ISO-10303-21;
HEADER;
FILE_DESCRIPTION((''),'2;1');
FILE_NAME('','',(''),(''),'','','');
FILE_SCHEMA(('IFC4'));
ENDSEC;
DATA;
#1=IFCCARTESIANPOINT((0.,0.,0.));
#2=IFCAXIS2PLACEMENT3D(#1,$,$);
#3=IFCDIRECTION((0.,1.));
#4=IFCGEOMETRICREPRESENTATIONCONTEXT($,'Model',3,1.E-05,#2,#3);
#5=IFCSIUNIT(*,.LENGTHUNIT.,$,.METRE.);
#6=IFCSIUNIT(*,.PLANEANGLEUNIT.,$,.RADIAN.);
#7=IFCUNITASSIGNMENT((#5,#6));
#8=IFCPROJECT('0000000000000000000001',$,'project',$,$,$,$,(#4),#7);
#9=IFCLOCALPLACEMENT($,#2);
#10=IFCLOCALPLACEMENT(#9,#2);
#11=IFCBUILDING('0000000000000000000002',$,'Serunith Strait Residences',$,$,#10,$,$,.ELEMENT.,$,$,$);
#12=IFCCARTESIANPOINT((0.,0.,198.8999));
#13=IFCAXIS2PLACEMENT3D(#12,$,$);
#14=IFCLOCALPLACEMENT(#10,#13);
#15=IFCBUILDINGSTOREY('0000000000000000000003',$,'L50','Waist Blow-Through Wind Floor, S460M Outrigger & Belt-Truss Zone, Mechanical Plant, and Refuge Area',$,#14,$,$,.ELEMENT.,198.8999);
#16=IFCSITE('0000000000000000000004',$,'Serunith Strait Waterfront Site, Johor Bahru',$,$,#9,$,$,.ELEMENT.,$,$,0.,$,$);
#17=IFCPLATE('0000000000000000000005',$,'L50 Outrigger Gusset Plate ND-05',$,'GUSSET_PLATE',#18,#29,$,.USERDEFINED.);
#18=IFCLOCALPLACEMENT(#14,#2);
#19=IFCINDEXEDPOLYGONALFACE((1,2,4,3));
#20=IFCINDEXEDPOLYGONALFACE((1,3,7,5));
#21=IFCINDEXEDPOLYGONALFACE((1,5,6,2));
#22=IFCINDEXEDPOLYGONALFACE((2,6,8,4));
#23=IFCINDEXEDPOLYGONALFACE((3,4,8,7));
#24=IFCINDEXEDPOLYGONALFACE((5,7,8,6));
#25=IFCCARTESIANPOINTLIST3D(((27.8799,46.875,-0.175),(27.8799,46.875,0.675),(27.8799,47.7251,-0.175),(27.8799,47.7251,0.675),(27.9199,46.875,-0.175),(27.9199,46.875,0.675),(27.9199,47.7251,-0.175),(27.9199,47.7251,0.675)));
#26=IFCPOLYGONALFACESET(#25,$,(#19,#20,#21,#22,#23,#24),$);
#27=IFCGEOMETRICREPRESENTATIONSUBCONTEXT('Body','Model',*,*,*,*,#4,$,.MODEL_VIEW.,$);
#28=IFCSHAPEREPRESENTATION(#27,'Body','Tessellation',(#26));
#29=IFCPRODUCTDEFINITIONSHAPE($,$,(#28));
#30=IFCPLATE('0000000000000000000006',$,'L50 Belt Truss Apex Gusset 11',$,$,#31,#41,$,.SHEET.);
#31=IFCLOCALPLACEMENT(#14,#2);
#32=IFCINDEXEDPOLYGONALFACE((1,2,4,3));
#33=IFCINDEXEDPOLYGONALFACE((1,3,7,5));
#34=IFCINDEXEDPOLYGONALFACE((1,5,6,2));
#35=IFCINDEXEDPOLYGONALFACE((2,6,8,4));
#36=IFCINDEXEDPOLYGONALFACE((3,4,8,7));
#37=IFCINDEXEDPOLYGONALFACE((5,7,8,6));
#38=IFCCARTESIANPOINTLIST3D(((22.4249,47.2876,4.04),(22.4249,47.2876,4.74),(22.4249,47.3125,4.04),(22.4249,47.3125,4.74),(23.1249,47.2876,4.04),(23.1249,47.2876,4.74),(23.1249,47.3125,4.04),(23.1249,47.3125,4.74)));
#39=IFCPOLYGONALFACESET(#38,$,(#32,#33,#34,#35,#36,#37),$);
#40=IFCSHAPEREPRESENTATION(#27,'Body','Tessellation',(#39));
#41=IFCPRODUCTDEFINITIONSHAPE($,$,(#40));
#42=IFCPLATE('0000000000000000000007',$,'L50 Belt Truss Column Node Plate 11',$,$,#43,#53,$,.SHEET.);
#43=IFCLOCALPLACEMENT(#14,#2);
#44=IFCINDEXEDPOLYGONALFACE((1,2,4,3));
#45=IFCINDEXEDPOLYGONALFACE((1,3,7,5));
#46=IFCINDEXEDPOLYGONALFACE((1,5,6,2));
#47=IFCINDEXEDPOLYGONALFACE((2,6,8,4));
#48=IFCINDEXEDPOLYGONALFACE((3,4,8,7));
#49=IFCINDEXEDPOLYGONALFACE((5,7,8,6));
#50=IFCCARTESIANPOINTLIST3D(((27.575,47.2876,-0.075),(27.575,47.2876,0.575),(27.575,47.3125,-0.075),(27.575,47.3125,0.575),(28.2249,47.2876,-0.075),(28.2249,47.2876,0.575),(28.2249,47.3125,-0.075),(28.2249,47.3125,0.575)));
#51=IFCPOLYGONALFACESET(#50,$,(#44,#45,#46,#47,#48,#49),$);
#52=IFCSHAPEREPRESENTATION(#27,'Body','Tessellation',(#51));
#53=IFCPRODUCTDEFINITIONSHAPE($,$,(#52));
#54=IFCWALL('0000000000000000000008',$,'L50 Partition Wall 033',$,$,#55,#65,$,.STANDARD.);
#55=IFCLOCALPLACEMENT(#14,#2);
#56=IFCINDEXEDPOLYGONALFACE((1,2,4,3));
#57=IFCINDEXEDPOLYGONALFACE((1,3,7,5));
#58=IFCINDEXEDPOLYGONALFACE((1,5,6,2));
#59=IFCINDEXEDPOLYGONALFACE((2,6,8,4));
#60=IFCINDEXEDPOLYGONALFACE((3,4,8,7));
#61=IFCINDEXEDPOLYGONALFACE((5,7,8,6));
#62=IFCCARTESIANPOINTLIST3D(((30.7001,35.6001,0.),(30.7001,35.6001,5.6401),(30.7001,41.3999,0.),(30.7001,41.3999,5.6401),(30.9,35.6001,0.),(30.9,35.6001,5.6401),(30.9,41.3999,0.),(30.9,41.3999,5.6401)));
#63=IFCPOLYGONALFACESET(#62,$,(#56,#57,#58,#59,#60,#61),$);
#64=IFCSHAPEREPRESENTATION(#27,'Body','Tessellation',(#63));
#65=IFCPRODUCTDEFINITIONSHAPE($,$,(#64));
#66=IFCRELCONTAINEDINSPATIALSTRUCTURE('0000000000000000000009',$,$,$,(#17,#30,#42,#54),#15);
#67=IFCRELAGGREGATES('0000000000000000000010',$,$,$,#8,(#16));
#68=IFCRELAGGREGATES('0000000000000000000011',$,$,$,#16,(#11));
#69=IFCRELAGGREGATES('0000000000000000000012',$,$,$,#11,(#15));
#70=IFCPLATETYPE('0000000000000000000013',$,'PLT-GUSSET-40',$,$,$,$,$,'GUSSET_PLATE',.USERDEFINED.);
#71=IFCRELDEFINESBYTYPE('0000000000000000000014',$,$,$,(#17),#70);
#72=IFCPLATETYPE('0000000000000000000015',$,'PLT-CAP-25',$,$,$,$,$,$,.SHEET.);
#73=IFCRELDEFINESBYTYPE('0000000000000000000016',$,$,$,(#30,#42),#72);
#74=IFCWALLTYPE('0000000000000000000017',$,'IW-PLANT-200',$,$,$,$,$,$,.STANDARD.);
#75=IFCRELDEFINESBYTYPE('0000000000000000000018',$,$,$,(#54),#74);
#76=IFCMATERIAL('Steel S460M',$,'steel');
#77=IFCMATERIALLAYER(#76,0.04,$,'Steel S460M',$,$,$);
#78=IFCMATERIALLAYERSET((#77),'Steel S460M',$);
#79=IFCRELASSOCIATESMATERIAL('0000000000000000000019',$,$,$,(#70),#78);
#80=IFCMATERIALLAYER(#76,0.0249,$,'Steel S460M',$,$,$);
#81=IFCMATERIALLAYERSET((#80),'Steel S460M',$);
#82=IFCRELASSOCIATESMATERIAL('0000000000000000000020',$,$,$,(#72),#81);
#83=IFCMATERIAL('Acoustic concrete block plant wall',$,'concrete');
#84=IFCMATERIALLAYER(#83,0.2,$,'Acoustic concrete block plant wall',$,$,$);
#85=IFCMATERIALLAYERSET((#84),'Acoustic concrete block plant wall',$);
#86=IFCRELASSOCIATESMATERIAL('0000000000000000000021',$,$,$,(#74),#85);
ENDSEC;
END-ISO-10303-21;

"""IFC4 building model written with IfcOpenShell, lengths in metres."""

from ifc_helpers import new_model, si_unit, direction, frame, frame_2d, origin, origin_2d, place, context, subcontext, project, spatial, rectangle, extrude, source, transform, mapped, material, layer, layer_set, type_object, element, save


model = new_model("IFC4")

# Units and contexts
model_context = context("Model", 3, precision=1e-05, world=origin(), true_north=direction((0.0, 1.0)))
body_context = subcontext(model_context, "Body", "Model", "MODEL_VIEW")
ifc_project = project(units=[si_unit("LENGTHUNIT", "METRE"), si_unit("PLANEANGLEUNIT", "RADIAN")], contexts=[model_context])

# Site, building, storey
site_placement = place(None, origin())
site = spatial("IfcSite", under=ifc_project, at=site_placement, Name="Serunith Strait Waterfront Site, Johor Bahru", CompositionType="ELEMENT", RefElevation=0.0)
building_placement = place(site_placement, origin())
building = spatial("IfcBuilding", under=site, at=building_placement, Name="Serunith Strait Residences", CompositionType="ELEMENT")
storey_placement = place(building_placement, frame((0.0, 0.0, 198.8999)))
storey = spatial("IfcBuildingStorey", under=building, at=storey_placement, Name="L50", Description="Waist Blow-Through Wind Floor, S460M Outrigger & Belt-Truss Zone, Mechanical Plant, and Refuge Area", CompositionType="ELEMENT", Elevation=198.8999)

# Shared definitions
ifc_material_1 = material(Name="Steel S460M", Category="steel")

# Plates
ifc_layer_1 = layer(ifc_material_1, 0.04, Name="Steel S460M")
ifc_layer_set_1 = layer_set([ifc_layer_1], Name="Steel S460M")
plate_type_1 = type_object("IfcPlateType", Name="PLT-GUSSET-40", ElementType="GUSSET_PLATE", PredefinedType="USERDEFINED", material=ifc_layer_set_1)
shared_shape_1 = source(origin(), body_context, "Body", "SweptSolid", [
    extrude(rectangle(XDim=0.8501, YDim=0.04, at=origin_2d()), origin(), (0.0, 0.0, 1.0), 0.8501),
])
for number, where, z_axis, x_axis, name in (
    (1, (27.8999, 47.3, -0.175), (0.0, 0.0, 1.0), (0.0, 1.0, 0.0), "L50 Outrigger Gusset Plate ND-05"),
):
    element("IfcPlate", number, at=place(storey_placement, frame(where, z_axis=z_axis, x_axis=x_axis)), inside=storey, type_object=plate_type_1, Name=name, ObjectType="GUSSET_PLATE", PredefinedType="USERDEFINED", context=body_context, shape_type="MappedRepresentation", body=[
        mapped(shared_shape_1, transform((0.0, 0.0, 0.0), scale=1.0)),
    ])
ifc_layer_2 = layer(ifc_material_1, 0.0249, Name="Steel S460M")
ifc_layer_set_2 = layer_set([ifc_layer_2], Name="Steel S460M")
plate_type_2 = type_object("IfcPlateType", Name="PLT-CAP-25", PredefinedType="SHEET", material=ifc_layer_set_2)
shared_shape_2 = source(origin(), body_context, "Body", "SweptSolid", [
    extrude(rectangle(XDim=0.7, YDim=0.0249, at=origin_2d()), origin(), (0.0, 0.0, 1.0), 0.7),
])
plate_1_placement = place(storey_placement, frame((22.7749, 47.3, 4.04), z_axis=(0.0, 0.0, 1.0), x_axis=(-1.0, 0.0, 0.0)))
element("IfcPlate", 2, at=plate_1_placement, inside=storey, type_object=plate_type_2, Name="L50 Belt Truss Apex Gusset 11", PredefinedType="SHEET", context=body_context, shape_type="MappedRepresentation", body=[
    mapped(shared_shape_2, transform((0.0, 0.0, 0.0), scale=1.0)),
])
shared_shape_3 = source(origin(), body_context, "Body", "SweptSolid", [
    extrude(rectangle(XDim=0.6499, YDim=0.0249, at=origin_2d()), origin(), (0.0, 0.0, 1.0), 0.6499),
])
plate_2_placement = place(storey_placement, frame((27.8999, 47.3, -0.075), z_axis=(0.0, 0.0, 1.0), x_axis=(-1.0, 0.0, 0.0)))
element("IfcPlate", 3, at=plate_2_placement, inside=storey, type_object=plate_type_2, Name="L50 Belt Truss Column Node Plate 11", PredefinedType="SHEET", context=body_context, shape_type="MappedRepresentation", body=[
    mapped(shared_shape_3, transform((0.0, 0.0, 0.0), scale=1.0)),
])

# Wall
ifc_material_2 = material(Name="Acoustic concrete block plant wall", Category="concrete")
ifc_layer_3 = layer(ifc_material_2, 0.2, Name="Acoustic concrete block plant wall")
ifc_layer_set_3 = layer_set([ifc_layer_3], Name="Acoustic concrete block plant wall")
wall_type = type_object("IfcWallType", Name="IW-PLANT-200", PredefinedType="STANDARD", material=ifc_layer_set_3)
wall_placement = place(storey_placement, frame((30.8, 35.6001, 0.0), z_axis=(0.0, 0.0, 1.0), x_axis=(0.0, 1.0, 0.0)))
element("IfcWall", 4, at=wall_placement, inside=storey, type_object=wall_type, Name="L50 Partition Wall 033", PredefinedType="STANDARD", context=body_context, shape_type="SweptSolid", body=[
    extrude(rectangle(XDim=5.7998, YDim=0.2, at=frame_2d((2.8999, 0.0))), origin(), (0.0, 0.0, 1.0), 5.6401),
])

save(model, "model.ifc")
